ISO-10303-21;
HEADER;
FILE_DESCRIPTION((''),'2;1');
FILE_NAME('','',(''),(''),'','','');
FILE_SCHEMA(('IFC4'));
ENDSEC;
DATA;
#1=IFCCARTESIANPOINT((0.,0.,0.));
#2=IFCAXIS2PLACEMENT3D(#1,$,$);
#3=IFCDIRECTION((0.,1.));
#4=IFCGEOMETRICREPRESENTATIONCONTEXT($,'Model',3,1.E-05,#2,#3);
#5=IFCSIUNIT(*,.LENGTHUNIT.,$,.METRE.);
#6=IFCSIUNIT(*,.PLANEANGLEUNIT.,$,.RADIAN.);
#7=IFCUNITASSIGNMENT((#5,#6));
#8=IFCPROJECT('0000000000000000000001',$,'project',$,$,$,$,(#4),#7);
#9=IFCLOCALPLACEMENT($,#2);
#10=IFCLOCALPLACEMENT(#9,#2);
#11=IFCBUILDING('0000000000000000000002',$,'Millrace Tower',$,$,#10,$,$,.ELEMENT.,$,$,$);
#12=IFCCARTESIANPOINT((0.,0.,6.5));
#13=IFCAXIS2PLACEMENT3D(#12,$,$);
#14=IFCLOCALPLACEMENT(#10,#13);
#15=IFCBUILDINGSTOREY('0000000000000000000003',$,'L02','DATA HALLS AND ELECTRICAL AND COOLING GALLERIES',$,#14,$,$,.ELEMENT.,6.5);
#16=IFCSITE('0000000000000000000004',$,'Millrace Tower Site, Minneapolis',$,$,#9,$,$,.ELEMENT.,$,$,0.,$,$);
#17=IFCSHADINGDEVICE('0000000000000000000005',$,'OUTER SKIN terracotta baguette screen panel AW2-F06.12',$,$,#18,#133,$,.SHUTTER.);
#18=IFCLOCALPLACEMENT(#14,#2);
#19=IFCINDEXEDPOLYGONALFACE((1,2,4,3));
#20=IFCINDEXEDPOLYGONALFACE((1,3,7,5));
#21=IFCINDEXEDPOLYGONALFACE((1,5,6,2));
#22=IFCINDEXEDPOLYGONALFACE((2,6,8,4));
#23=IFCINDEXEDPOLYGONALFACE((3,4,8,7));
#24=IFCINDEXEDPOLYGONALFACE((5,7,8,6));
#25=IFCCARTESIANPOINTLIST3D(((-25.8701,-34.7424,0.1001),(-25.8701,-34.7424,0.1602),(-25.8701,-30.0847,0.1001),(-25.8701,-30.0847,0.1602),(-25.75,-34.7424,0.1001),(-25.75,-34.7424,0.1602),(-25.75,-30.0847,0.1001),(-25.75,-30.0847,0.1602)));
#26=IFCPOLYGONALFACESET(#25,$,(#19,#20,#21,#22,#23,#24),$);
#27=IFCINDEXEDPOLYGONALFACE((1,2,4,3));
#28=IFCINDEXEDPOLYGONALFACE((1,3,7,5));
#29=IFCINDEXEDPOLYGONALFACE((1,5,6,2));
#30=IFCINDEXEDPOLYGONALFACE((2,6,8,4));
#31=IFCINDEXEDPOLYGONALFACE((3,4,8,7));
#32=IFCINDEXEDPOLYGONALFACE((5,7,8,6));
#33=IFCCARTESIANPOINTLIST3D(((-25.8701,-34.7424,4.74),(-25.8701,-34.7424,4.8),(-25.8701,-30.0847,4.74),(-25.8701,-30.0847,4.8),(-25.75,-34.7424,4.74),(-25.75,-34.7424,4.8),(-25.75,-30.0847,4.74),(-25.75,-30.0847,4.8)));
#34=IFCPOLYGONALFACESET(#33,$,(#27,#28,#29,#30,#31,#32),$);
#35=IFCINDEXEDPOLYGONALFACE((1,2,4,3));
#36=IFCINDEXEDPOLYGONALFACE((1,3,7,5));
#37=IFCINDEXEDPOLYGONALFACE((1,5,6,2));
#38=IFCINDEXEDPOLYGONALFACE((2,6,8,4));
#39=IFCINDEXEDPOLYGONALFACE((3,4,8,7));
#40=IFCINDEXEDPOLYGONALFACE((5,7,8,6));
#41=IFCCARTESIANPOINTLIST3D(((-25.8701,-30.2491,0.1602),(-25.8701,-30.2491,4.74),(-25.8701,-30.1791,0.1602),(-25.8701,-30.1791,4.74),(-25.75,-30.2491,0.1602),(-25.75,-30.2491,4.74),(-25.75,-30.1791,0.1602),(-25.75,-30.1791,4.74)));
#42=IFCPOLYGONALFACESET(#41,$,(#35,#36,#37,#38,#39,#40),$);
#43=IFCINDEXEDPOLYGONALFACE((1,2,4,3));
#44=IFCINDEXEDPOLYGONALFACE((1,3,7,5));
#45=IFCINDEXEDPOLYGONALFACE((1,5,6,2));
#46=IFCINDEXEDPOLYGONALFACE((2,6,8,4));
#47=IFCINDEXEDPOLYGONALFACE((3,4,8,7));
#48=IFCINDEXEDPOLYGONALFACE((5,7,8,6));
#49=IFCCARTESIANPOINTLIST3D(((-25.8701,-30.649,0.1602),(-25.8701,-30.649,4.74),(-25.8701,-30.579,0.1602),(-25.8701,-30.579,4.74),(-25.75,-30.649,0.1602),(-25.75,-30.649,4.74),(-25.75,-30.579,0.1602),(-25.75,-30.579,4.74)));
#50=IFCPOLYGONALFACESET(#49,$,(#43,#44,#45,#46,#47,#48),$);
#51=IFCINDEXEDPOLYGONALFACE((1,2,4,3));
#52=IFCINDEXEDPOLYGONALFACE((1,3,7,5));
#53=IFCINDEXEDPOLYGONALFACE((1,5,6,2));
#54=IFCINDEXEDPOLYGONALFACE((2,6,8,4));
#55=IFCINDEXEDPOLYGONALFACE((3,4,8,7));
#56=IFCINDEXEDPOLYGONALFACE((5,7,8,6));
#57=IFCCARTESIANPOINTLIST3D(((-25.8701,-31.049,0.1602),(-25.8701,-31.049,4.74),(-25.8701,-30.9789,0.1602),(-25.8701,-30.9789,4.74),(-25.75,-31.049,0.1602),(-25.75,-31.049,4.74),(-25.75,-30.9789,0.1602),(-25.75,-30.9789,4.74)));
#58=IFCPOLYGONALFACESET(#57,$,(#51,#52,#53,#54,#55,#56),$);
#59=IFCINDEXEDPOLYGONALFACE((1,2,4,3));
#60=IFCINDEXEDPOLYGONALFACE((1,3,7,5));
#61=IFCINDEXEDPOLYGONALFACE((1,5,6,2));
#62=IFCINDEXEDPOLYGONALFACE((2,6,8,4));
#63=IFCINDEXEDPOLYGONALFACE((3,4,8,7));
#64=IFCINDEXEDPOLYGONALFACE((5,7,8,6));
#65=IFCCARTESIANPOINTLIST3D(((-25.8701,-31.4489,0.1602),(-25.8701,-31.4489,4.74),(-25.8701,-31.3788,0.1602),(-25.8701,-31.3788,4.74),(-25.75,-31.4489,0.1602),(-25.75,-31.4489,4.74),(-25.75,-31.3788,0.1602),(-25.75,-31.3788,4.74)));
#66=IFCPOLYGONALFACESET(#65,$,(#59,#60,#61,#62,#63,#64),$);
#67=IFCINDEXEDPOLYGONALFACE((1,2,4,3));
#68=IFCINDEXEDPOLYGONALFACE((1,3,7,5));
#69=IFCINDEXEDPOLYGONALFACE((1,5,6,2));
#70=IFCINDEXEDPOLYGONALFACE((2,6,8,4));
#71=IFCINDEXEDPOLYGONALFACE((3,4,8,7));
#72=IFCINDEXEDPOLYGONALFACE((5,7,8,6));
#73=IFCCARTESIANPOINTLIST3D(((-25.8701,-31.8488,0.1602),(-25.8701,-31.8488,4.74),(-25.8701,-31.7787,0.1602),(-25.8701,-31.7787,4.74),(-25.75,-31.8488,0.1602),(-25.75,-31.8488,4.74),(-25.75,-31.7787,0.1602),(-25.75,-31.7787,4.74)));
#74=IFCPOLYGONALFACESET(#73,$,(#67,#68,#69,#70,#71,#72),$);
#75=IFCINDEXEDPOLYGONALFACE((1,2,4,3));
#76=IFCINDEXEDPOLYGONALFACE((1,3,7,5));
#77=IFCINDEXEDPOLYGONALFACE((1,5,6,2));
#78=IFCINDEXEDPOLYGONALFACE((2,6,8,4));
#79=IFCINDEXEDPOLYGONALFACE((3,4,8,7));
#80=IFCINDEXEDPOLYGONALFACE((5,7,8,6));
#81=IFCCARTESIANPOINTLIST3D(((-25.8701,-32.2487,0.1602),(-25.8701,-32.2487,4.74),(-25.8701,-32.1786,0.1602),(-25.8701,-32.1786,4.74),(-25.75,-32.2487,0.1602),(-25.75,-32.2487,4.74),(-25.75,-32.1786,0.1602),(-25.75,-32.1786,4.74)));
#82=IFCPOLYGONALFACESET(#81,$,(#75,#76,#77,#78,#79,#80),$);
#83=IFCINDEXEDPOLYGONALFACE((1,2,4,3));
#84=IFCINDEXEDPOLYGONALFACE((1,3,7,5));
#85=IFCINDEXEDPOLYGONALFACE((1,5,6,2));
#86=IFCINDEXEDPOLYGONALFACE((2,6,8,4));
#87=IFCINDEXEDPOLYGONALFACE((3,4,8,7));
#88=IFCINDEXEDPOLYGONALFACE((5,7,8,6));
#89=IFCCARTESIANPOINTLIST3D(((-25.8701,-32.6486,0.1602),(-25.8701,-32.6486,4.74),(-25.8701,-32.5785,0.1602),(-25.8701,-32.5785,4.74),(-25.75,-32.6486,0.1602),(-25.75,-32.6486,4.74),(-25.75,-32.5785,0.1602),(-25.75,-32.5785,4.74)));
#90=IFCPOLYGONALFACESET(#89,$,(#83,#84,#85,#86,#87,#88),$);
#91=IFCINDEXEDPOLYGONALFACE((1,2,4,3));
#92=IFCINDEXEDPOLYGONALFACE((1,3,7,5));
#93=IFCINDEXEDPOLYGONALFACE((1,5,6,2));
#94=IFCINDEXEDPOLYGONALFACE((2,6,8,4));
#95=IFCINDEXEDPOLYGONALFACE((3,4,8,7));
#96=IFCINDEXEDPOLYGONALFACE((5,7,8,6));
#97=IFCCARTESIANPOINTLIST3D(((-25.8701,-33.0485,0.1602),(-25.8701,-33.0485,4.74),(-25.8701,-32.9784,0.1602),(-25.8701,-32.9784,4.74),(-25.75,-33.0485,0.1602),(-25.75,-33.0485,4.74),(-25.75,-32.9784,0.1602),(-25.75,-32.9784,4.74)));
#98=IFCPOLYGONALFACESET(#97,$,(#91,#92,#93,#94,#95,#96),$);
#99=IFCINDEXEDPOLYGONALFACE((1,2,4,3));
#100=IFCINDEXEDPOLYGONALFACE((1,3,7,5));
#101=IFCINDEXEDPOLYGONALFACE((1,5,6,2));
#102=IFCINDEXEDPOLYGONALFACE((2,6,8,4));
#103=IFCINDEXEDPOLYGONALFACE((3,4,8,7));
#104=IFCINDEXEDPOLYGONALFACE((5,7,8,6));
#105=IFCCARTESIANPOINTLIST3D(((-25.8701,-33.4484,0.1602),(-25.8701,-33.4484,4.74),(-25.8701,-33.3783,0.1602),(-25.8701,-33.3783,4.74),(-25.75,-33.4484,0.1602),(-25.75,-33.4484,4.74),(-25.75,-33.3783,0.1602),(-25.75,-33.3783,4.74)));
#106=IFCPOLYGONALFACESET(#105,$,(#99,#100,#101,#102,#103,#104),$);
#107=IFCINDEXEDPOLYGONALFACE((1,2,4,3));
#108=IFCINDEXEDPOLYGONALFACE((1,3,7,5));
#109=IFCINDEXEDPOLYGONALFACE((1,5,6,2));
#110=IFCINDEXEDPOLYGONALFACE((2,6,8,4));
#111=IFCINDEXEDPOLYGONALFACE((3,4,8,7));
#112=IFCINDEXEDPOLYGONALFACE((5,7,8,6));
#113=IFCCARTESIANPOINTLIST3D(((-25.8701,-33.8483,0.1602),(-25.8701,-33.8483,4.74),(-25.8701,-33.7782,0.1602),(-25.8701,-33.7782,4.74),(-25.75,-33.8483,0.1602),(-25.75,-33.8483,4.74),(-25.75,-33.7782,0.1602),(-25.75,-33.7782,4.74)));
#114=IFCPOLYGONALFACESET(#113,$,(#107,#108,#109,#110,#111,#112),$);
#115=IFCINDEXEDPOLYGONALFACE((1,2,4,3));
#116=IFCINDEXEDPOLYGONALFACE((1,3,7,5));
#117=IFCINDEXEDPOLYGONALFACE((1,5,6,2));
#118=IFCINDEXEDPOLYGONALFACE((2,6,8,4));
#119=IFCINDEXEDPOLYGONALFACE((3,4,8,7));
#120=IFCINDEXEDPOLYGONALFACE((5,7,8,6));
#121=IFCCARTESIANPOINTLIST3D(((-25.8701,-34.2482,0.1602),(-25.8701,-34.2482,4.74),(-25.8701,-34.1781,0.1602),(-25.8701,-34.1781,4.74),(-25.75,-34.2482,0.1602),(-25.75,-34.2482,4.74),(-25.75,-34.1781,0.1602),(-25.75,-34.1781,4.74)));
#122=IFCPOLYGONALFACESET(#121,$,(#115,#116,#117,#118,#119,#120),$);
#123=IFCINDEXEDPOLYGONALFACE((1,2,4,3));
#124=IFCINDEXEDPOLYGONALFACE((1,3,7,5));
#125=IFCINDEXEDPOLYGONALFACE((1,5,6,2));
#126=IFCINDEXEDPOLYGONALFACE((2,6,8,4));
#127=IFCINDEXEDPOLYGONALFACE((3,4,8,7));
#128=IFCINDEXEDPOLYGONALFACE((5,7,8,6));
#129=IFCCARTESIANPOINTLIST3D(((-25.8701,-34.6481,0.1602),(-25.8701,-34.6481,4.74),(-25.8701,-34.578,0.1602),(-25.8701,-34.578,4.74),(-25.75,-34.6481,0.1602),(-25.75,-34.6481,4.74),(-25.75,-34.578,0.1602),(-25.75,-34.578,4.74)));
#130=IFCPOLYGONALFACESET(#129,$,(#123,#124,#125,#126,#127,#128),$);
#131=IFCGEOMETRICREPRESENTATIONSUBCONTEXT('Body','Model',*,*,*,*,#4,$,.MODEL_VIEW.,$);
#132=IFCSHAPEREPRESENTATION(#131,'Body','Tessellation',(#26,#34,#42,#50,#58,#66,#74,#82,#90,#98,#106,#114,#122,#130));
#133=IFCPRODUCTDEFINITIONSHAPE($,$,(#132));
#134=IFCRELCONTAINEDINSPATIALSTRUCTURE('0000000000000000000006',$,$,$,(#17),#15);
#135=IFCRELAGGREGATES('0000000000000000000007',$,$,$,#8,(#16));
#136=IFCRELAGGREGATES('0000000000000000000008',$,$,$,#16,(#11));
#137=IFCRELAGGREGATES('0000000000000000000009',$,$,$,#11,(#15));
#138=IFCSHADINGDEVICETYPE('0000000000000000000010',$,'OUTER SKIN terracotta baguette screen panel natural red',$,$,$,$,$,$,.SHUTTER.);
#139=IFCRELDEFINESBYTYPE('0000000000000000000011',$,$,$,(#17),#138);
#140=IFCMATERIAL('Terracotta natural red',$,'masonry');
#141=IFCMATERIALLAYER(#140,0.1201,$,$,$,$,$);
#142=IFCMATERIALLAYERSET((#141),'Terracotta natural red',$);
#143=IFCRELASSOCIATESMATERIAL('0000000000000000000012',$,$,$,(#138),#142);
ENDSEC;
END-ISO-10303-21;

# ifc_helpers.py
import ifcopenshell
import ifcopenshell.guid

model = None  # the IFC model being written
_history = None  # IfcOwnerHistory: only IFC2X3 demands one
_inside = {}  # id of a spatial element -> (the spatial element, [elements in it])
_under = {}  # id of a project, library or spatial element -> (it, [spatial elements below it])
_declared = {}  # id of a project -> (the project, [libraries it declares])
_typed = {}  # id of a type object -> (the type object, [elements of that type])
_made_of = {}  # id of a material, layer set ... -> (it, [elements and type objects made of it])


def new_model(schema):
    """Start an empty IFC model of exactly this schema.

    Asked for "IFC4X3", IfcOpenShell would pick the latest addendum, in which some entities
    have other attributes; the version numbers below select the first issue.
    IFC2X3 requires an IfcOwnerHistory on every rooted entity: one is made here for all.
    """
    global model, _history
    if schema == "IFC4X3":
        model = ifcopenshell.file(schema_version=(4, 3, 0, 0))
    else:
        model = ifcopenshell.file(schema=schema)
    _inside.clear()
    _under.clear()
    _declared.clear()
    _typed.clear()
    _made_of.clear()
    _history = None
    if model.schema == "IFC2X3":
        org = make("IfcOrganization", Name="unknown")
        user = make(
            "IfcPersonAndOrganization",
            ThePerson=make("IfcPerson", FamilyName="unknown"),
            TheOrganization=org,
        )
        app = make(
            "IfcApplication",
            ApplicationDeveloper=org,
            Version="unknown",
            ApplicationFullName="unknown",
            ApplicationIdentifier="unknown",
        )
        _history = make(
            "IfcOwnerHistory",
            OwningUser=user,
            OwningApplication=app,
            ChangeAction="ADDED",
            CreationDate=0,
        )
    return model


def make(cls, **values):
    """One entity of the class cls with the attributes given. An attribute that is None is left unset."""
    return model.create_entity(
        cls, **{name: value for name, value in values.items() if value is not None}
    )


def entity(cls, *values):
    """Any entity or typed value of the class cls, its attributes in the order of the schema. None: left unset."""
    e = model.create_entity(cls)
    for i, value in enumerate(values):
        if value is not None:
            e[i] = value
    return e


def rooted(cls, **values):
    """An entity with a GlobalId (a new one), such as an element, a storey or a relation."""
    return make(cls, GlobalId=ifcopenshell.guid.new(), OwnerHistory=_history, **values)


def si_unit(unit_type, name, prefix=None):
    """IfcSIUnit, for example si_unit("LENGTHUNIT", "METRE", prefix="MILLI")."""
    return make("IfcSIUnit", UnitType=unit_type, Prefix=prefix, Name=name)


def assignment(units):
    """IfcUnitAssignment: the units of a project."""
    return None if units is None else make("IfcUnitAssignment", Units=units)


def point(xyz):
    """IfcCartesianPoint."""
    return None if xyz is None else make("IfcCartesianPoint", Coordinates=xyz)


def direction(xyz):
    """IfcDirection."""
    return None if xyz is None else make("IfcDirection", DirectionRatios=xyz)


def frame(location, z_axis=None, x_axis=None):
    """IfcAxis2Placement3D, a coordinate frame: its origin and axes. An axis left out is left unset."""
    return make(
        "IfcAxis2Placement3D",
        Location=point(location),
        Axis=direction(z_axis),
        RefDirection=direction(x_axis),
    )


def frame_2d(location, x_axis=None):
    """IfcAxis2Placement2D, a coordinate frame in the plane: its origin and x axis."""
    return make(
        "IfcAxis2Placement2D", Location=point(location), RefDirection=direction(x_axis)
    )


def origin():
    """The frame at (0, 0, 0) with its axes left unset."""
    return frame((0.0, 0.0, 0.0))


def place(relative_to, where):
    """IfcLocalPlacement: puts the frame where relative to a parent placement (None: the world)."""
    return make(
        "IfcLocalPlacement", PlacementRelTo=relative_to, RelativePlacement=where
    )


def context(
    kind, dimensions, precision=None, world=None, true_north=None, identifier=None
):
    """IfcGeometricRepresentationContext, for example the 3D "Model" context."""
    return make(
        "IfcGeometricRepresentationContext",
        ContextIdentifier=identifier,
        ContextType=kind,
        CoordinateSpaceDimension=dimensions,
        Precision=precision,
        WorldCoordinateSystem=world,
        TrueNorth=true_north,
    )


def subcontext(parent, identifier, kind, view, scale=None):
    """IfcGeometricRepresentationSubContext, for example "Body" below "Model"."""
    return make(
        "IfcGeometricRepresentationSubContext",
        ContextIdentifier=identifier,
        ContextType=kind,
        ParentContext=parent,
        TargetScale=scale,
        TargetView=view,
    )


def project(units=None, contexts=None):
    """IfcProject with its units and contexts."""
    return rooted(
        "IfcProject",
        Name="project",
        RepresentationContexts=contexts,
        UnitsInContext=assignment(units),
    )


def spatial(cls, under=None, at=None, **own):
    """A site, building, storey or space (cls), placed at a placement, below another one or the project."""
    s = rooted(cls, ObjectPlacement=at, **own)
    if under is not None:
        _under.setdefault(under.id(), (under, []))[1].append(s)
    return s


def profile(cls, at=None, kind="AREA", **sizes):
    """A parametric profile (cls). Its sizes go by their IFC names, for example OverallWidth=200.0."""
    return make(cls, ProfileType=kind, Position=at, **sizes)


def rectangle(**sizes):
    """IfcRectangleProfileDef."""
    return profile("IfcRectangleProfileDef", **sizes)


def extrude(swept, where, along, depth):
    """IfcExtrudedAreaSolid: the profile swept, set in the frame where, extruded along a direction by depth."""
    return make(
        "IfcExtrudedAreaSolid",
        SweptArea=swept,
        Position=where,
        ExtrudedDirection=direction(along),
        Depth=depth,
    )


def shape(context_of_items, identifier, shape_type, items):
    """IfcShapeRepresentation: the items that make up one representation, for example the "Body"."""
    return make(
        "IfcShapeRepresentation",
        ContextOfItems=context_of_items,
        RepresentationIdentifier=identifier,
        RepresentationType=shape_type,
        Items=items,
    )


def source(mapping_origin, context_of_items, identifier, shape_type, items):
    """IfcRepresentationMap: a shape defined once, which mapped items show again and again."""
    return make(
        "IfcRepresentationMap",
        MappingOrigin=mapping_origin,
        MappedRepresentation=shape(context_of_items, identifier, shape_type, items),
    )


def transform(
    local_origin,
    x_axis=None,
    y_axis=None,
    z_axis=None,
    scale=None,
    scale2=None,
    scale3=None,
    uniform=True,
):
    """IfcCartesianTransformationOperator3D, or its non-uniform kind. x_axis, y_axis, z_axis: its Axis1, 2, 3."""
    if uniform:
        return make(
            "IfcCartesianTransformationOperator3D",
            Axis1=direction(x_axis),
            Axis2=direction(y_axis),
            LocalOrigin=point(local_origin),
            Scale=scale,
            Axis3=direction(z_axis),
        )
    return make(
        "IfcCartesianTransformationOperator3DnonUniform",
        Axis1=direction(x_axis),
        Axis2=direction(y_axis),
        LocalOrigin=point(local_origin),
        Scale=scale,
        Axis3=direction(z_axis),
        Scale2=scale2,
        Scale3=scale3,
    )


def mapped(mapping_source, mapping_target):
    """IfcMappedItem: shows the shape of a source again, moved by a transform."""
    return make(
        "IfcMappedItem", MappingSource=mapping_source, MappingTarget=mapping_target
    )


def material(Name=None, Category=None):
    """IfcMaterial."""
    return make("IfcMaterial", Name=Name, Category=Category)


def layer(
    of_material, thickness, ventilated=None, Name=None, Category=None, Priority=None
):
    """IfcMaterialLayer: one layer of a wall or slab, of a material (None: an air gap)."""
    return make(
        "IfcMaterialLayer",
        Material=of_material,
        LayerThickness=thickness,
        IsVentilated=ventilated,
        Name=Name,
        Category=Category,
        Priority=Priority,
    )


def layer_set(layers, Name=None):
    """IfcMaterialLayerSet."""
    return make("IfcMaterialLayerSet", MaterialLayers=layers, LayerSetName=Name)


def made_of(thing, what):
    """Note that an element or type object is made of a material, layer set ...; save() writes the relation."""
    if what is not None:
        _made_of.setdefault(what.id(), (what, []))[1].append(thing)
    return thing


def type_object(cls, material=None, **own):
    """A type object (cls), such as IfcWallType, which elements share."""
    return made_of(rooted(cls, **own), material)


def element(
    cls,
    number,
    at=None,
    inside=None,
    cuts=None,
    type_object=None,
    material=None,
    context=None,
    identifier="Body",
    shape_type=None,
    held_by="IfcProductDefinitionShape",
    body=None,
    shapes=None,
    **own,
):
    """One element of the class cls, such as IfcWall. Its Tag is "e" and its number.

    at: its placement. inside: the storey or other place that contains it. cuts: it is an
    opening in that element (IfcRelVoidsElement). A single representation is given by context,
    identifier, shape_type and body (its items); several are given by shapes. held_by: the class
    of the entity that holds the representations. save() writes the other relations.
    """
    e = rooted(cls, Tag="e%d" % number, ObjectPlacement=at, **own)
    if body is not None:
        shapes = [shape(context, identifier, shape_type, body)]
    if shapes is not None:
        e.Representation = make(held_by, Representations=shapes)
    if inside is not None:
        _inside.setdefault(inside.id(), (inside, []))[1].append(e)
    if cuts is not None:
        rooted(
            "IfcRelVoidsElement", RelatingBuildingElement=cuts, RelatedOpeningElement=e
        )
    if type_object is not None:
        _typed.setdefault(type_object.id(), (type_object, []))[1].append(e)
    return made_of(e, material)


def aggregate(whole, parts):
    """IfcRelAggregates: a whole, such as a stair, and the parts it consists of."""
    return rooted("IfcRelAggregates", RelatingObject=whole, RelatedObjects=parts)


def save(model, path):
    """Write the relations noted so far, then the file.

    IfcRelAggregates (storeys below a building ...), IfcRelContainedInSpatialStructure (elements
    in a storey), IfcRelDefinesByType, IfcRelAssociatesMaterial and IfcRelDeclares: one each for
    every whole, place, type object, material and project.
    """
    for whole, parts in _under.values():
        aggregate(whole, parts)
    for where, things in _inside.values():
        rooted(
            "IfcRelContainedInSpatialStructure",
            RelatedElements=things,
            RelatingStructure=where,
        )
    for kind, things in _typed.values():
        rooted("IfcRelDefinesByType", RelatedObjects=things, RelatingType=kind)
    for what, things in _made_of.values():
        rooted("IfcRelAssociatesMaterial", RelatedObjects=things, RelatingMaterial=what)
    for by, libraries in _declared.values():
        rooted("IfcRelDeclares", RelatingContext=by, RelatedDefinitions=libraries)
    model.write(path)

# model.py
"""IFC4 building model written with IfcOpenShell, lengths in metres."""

from ifc_helpers import new_model, entity, si_unit, direction, frame, frame_2d, origin, place, context, subcontext, project, spatial, rectangle, extrude, source, transform, mapped, material, layer, layer_set, type_object, element, save


model = new_model("IFC4")

# Units and contexts
model_context = context("Model", 3, precision=1e-05, world=origin(), true_north=direction((0.0, 1.0)))
body_context = subcontext(model_context, "Body", "Model", "MODEL_VIEW")
ifc_project = project(units=[si_unit("LENGTHUNIT", "METRE"), si_unit("PLANEANGLEUNIT", "RADIAN")], contexts=[model_context])

# Site, building, storey
site_placement = place(None, origin())
site = spatial("IfcSite", under=ifc_project, at=site_placement, Name="Millrace Tower Site, Minneapolis", CompositionType="ELEMENT", RefElevation=0.0)
building_placement = place(site_placement, origin())
building = spatial("IfcBuilding", under=site, at=building_placement, Name="Millrace Tower", CompositionType="ELEMENT")
storey_placement = place(building_placement, frame((0.0, 0.0, 6.5)))
storey = spatial("IfcBuildingStorey", under=building, at=storey_placement, Name="L02", Description="DATA HALLS AND ELECTRICAL AND COOLING GALLERIES", CompositionType="ELEMENT", Elevation=6.5)

# Shading device
ifc_material_1 = material(Name="Terracotta natural red", Category="masonry")
ifc_layer_1 = layer(ifc_material_1, 0.1201)
ifc_layer_set_1 = layer_set([ifc_layer_1], Name="Terracotta natural red")
shading_device_type_1 = type_object("IfcShadingDeviceType", Name="OUTER SKIN terracotta baguette screen panel natural red", PredefinedType="SHUTTER", material=ifc_layer_set_1)
cartesian_point_1 = entity("IfcCartesianPoint", [-2.3289, 0.0601])
shared_polyline_1 = entity("IfcPolyline", [cartesian_point_1, entity("IfcCartesianPoint", [2.3289, 0.0601]), entity("IfcCartesianPoint", [2.3289, -0.0601]), entity("IfcCartesianPoint", [-2.3289, -0.0601]), cartesian_point_1])
shared_shape_1 = source(origin(), body_context, "Body", "SweptSolid", [
    entity("IfcExtrudedAreaSolid", entity("IfcArbitraryClosedProfileDef", "AREA", None, shared_polyline_1), entity("IfcAxis2Placement3D", entity("IfcCartesianPoint", [0.0, 0.0, 0.0])), entity("IfcDirection", [0.0, 0.0, 1.0]), 0.0601),
    entity("IfcExtrudedAreaSolid", entity("IfcArbitraryClosedProfileDef", "AREA", None, shared_polyline_1), entity("IfcAxis2Placement3D", entity("IfcCartesianPoint", [0.0, 0.0, 4.6399])), entity("IfcDirection", [0.0, 0.0, 1.0]), 0.0601),
    extrude(rectangle(XDim=0.0701, YDim=0.1201, at=frame_2d((-2.1995, 0.0))), frame((0.0, 0.0, 0.0601)), (0.0, 0.0, 1.0), 4.5798),
    extrude(rectangle(XDim=0.0701, YDim=0.1201, at=frame_2d((-1.7996, 0.0))), frame((0.0, 0.0, 0.0601)), (0.0, 0.0, 1.0), 4.5798),
    extrude(rectangle(XDim=0.0701, YDim=0.1201, at=frame_2d((-1.3997, 0.0))), frame((0.0, 0.0, 0.0601)), (0.0, 0.0, 1.0), 4.5798),
    extrude(rectangle(XDim=0.0701, YDim=0.1201, at=frame_2d((-0.9998, 0.0))), frame((0.0, 0.0, 0.0601)), (0.0, 0.0, 1.0), 4.5798),
    extrude(rectangle(XDim=0.0701, YDim=0.1201, at=frame_2d((-0.5999, 0.0))), frame((0.0, 0.0, 0.0601)), (0.0, 0.0, 1.0), 4.5798),
    extrude(rectangle(XDim=0.0701, YDim=0.1201, at=frame_2d((-0.2, 0.0))), frame((0.0, 0.0, 0.0601)), (0.0, 0.0, 1.0), 4.5798),
    extrude(rectangle(XDim=0.0701, YDim=0.1201, at=frame_2d((0.2, 0.0))), frame((0.0, 0.0, 0.0601)), (0.0, 0.0, 1.0), 4.5798),
    extrude(rectangle(XDim=0.0701, YDim=0.1201, at=frame_2d((0.5999, 0.0))), frame((0.0, 0.0, 0.0601)), (0.0, 0.0, 1.0), 4.5798),
    extrude(rectangle(XDim=0.0701, YDim=0.1201, at=frame_2d((0.9998, 0.0))), frame((0.0, 0.0, 0.0601)), (0.0, 0.0, 1.0), 4.5798),
    extrude(rectangle(XDim=0.0701, YDim=0.1201, at=frame_2d((1.3997, 0.0))), frame((0.0, 0.0, 0.0601)), (0.0, 0.0, 1.0), 4.5798),
    extrude(rectangle(XDim=0.0701, YDim=0.1201, at=frame_2d((1.7996, 0.0))), frame((0.0, 0.0, 0.0601)), (0.0, 0.0, 1.0), 4.5798),
    extrude(rectangle(XDim=0.0701, YDim=0.1201, at=frame_2d((2.1995, 0.0))), frame((0.0, 0.0, 0.0601)), (0.0, 0.0, 1.0), 4.5798),
])
shading_device_1_placement = place(storey_placement, frame((-25.8101, -32.4136, 0.1001), z_axis=(0.0, 0.0, 1.0), x_axis=(0.0, -1.0, 0.0)))
element("IfcShadingDevice", 1, at=shading_device_1_placement, inside=storey, type_object=shading_device_type_1, Name="OUTER SKIN terracotta baguette screen panel AW2-F06.12", PredefinedType="SHUTTER", context=body_context, shape_type="MappedRepresentation", body=[
    mapped(shared_shape_1, transform((0.0, 0.0, 0.0), scale=1.0)),
])

save(model, "model.ifc")
